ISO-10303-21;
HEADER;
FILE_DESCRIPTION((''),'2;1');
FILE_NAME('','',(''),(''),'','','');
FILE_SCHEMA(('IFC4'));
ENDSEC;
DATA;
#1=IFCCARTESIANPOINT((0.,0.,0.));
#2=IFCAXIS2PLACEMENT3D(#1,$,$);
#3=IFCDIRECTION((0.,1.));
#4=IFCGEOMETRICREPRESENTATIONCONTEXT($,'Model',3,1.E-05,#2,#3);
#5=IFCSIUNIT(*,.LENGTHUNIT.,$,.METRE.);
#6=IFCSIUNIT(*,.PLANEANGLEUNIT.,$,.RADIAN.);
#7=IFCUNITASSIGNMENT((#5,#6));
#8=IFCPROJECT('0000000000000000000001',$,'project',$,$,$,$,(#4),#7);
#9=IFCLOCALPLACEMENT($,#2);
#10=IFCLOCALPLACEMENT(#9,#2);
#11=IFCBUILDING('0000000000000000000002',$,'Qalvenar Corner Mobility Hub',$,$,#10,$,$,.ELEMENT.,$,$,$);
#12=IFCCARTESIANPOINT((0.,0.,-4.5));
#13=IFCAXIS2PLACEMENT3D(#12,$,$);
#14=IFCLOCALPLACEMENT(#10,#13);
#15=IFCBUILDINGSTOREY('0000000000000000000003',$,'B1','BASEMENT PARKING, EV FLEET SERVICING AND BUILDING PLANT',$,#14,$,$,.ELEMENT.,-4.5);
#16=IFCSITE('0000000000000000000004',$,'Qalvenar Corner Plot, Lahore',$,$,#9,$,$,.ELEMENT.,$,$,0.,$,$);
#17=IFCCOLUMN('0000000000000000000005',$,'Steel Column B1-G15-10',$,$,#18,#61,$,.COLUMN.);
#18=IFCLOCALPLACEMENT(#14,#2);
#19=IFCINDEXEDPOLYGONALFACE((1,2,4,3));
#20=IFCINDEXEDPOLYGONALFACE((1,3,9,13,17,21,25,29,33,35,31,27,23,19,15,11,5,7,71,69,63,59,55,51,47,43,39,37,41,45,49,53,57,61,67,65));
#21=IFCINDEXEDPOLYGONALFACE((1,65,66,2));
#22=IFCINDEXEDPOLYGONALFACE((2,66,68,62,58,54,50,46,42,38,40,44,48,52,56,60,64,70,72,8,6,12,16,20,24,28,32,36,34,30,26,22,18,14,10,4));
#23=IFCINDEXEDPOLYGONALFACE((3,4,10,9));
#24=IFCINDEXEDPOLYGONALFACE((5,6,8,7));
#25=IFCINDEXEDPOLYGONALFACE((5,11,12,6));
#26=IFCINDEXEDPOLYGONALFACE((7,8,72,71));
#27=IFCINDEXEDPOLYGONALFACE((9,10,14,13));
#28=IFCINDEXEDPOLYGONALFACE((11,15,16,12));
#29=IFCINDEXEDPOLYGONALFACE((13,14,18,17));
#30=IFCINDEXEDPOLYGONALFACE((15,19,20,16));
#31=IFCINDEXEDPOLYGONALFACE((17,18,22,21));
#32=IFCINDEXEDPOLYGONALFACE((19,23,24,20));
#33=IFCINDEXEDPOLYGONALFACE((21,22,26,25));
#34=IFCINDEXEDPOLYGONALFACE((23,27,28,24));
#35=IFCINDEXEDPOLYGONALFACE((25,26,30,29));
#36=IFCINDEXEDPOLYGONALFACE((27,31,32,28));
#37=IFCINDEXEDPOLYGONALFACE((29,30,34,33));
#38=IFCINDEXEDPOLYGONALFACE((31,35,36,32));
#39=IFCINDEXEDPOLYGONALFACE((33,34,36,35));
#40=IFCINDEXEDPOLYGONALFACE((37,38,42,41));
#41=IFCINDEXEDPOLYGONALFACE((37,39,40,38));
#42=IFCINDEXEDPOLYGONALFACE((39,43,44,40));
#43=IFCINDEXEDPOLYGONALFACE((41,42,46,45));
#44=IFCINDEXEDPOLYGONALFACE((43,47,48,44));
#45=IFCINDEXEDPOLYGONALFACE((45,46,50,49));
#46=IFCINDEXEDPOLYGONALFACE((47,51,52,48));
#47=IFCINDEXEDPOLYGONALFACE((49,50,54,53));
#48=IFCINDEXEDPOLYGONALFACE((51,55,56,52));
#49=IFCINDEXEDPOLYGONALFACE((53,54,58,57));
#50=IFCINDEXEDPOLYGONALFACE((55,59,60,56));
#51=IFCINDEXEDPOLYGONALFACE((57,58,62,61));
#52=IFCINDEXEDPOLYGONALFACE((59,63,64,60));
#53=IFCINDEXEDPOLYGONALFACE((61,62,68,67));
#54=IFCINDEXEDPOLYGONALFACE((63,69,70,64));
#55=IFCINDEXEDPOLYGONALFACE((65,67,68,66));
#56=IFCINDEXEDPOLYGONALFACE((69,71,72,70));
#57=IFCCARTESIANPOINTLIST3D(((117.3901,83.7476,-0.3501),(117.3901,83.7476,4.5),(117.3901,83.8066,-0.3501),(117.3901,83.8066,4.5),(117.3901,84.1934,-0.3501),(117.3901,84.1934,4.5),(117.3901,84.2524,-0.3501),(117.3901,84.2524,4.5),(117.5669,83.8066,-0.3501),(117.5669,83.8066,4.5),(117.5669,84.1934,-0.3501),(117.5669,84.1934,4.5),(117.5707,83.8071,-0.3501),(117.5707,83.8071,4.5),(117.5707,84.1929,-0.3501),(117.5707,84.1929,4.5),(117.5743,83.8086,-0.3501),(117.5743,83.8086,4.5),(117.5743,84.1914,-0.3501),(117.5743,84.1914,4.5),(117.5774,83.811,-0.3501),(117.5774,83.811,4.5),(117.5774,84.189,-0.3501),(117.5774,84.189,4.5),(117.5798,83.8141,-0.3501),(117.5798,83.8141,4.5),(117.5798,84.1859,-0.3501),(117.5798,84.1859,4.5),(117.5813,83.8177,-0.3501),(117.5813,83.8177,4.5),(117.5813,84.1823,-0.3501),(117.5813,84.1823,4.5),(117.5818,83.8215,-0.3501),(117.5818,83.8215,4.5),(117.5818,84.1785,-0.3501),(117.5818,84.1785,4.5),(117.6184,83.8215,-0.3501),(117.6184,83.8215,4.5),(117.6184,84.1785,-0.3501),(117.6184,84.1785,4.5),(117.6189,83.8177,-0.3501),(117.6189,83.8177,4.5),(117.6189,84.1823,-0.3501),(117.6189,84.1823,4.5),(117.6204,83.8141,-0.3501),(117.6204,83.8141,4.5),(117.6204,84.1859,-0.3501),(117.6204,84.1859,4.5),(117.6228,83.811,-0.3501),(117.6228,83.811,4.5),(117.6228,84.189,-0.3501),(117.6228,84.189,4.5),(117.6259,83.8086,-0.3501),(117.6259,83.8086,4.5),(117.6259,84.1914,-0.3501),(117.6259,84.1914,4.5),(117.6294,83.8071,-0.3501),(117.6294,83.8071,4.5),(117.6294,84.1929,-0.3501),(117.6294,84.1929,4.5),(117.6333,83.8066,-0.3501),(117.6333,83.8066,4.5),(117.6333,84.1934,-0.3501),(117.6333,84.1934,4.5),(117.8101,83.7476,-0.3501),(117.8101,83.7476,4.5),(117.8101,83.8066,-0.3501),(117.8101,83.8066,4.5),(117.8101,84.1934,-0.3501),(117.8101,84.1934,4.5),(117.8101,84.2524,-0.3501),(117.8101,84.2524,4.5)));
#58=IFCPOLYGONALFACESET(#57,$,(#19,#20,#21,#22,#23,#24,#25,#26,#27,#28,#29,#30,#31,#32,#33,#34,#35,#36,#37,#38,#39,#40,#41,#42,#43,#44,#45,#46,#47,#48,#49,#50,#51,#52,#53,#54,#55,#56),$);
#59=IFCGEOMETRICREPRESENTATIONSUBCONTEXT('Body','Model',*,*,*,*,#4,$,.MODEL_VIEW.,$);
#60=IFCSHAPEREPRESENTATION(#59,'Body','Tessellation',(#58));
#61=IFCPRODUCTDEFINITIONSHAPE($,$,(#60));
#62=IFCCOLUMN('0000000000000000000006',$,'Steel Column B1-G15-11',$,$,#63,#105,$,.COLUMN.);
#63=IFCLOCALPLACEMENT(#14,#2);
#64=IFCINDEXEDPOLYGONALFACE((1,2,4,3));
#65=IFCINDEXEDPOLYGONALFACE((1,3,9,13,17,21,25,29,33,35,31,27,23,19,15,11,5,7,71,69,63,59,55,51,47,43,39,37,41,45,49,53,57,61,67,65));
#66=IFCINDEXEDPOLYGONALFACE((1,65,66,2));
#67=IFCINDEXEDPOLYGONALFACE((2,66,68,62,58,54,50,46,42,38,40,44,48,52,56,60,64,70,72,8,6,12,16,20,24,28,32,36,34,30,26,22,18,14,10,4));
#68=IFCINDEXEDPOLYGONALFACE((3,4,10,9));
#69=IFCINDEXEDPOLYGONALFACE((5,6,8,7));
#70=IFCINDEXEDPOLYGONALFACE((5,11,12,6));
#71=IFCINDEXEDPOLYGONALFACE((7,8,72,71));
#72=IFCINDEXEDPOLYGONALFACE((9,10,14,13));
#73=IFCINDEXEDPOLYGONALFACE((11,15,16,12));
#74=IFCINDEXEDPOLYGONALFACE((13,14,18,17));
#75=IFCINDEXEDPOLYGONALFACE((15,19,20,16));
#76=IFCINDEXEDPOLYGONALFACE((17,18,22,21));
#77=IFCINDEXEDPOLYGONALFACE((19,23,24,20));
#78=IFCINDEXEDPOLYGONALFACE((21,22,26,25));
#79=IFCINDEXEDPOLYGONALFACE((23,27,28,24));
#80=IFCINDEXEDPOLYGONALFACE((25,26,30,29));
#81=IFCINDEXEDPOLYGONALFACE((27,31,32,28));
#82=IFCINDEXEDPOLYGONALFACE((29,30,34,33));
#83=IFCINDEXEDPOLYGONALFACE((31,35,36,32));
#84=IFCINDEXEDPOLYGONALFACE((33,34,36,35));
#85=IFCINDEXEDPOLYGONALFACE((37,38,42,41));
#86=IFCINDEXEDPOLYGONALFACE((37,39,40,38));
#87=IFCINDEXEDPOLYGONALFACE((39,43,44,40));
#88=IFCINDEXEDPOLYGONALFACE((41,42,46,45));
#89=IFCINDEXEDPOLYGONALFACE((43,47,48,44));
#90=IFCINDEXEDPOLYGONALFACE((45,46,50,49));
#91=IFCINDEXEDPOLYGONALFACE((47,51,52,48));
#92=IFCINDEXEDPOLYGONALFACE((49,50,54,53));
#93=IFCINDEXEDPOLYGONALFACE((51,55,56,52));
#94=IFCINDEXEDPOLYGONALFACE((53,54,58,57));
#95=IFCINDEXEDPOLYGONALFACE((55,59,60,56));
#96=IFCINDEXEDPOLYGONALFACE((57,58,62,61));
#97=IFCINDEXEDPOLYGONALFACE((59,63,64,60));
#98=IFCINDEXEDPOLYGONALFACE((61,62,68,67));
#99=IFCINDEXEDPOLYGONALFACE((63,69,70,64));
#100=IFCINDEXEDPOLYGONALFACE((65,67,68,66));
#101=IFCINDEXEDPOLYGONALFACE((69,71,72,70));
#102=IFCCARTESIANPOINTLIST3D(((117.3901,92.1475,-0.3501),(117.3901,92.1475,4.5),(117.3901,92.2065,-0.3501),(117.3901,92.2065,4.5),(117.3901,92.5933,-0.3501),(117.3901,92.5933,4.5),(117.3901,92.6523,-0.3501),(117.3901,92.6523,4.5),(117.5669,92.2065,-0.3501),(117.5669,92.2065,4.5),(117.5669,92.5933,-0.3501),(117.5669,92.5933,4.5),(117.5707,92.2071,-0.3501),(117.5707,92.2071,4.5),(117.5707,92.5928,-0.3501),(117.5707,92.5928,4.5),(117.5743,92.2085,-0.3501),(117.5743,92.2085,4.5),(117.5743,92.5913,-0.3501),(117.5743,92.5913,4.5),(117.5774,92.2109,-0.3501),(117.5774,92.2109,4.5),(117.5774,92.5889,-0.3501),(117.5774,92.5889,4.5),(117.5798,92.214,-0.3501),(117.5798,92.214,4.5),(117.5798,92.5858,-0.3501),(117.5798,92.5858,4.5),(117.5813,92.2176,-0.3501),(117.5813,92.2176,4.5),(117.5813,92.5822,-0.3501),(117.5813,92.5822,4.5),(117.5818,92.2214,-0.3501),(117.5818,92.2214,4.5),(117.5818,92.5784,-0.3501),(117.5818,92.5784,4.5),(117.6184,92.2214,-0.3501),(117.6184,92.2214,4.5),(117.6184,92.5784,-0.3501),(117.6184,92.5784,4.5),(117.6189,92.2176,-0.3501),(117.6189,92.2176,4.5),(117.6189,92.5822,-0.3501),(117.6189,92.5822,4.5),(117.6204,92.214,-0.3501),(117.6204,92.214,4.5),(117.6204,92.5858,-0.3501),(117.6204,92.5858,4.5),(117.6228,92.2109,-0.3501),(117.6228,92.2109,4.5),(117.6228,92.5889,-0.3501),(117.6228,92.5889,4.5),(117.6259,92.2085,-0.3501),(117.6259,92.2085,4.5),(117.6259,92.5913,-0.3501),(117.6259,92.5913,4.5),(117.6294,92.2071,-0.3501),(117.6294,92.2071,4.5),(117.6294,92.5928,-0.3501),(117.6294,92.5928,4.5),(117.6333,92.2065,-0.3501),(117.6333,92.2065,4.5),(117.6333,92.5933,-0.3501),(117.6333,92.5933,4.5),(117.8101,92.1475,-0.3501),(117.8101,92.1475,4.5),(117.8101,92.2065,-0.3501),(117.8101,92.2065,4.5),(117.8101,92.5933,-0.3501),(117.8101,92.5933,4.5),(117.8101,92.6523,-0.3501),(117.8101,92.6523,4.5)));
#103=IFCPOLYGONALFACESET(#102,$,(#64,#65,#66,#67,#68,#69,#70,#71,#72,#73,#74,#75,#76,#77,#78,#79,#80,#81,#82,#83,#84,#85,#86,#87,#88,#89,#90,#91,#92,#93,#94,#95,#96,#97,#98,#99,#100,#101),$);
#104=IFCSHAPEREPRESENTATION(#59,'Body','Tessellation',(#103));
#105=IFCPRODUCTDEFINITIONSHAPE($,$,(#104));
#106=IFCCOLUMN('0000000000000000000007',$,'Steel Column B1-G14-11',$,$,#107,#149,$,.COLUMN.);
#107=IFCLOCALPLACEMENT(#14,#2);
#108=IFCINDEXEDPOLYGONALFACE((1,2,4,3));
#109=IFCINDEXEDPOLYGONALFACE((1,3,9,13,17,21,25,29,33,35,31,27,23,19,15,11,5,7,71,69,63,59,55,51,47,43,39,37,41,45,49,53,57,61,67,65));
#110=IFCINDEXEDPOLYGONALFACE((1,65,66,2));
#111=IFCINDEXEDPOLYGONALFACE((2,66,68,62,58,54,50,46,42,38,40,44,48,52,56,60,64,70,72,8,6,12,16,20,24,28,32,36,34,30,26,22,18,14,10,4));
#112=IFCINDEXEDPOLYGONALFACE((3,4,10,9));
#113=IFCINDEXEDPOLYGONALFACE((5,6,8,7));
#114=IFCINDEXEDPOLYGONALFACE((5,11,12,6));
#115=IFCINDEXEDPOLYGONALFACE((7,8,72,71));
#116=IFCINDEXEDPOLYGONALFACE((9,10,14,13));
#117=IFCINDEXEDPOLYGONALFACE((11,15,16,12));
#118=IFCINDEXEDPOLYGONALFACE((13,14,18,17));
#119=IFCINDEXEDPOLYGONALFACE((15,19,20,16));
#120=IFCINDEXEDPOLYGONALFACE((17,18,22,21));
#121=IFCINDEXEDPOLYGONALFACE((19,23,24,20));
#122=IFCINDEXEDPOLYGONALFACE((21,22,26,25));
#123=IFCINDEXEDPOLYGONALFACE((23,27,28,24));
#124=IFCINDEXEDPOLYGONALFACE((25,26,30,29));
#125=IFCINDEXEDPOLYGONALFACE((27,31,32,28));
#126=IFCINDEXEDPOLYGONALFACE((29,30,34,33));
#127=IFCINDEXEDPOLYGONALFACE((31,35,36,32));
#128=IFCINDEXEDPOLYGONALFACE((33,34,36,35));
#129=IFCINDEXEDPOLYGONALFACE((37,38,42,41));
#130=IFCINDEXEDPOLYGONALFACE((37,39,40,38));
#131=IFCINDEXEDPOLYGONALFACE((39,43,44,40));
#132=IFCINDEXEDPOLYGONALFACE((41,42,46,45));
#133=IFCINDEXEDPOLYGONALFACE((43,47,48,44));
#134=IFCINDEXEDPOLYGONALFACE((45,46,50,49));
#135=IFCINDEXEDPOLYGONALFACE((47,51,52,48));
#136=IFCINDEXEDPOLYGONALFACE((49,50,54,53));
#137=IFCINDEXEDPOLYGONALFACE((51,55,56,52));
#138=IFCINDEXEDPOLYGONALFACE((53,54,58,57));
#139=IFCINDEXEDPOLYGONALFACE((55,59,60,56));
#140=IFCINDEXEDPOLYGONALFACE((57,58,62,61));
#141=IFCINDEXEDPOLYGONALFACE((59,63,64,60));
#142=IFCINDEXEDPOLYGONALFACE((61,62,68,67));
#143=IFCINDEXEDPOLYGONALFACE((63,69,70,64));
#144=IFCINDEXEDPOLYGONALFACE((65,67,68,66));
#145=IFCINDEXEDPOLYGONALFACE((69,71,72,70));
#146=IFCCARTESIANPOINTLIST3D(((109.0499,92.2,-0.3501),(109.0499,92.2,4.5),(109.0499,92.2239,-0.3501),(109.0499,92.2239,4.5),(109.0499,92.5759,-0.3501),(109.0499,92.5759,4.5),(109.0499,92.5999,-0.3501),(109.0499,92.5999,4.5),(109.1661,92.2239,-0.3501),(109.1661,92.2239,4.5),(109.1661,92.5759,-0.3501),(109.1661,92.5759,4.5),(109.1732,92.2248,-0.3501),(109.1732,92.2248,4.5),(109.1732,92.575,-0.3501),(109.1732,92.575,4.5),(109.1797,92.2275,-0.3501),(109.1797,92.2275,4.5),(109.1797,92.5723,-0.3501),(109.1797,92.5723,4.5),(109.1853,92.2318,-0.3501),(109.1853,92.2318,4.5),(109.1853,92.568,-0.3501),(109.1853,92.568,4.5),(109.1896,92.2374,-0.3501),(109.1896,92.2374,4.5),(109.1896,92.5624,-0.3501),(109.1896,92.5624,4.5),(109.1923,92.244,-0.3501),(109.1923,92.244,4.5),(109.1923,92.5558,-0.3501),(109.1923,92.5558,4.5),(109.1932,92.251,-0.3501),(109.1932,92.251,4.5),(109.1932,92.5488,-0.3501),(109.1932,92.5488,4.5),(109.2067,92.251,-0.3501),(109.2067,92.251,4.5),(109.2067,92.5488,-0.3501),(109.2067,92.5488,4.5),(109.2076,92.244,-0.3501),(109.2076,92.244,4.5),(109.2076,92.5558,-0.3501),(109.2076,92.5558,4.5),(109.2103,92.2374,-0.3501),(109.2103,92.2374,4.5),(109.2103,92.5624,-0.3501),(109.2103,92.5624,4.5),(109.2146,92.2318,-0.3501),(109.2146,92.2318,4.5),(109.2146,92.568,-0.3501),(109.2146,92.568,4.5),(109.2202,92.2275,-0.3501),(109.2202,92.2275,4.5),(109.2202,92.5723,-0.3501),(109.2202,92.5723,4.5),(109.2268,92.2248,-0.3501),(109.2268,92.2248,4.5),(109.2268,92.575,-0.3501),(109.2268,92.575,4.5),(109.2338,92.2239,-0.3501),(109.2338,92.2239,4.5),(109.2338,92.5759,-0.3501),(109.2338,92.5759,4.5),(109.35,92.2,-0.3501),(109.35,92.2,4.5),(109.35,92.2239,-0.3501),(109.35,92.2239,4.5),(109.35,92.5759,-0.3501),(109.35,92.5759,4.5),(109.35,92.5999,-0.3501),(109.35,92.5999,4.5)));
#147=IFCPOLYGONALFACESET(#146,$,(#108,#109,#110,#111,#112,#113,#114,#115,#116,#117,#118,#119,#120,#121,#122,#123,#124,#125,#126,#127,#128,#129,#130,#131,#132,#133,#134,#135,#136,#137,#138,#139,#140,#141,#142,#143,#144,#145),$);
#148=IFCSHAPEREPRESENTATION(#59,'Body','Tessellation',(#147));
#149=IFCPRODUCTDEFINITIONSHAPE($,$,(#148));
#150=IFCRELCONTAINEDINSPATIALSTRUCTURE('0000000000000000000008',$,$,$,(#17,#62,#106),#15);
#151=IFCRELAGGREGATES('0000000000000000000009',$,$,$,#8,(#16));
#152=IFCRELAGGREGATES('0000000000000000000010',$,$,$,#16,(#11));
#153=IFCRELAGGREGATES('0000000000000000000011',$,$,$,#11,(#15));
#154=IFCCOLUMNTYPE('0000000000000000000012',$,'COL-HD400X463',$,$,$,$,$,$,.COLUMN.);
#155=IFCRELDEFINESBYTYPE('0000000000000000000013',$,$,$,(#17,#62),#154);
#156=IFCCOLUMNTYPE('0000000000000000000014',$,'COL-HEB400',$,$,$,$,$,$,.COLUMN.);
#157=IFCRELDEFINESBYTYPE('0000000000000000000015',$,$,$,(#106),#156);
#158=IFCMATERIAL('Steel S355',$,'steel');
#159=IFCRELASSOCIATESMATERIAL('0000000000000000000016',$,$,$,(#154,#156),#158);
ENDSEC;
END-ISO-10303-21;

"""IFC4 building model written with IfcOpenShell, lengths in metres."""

from ifc_helpers import new_model, si_unit, direction, frame, origin, origin_2d, place, context, subcontext, project, spatial, i_section, extrude, material, material_profile, profile_set, type_object, element, save


model = new_model("IFC4")

# Units and contexts
model_context = context("Model", 3, precision=1e-05, world=origin(), true_north=direction((0.0, 1.0)))
body_context = subcontext(model_context, "Body", "Model", "MODEL_VIEW")
ifc_project = project(units=[si_unit("LENGTHUNIT", "METRE"), si_unit("PLANEANGLEUNIT", "RADIAN")], contexts=[model_context])

# Site, building, storey
site_placement = place(None, origin())
site = spatial("IfcSite", under=ifc_project, at=site_placement, Name="Qalvenar Corner Plot, Lahore", CompositionType="ELEMENT", RefElevation=0.0)
building_placement = place(site_placement, origin())
building = spatial("IfcBuilding", under=site, at=building_placement, Name="Qalvenar Corner Mobility Hub", CompositionType="ELEMENT")
storey_placement = place(building_placement, frame((0.0, 0.0, -4.5)))
storey = spatial("IfcBuildingStorey", under=building, at=storey_placement, Name="B1", Description="BASEMENT PARKING, EV FLEET SERVICING AND BUILDING PLANT", CompositionType="ELEMENT", Elevation=-4.5)

# Columns
ifc_material_1 = material(Name="Steel S355", Category="steel")
ifc_material_profile_1 = material_profile(ifc_material_1, i_section(OverallWidth=0.4199, OverallDepth=0.5049, WebThickness=0.0366, FlangeThickness=0.0591, FilletRadius=0.0149, at=origin_2d()), Name="HD400x551")
ifc_profile_set_1 = profile_set([ifc_material_profile_1], Name="Steel S355")
column_type_1 = type_object("IfcColumnType", Name="COL-HD400X463", PredefinedType="COLUMN", material=ifc_profile_set_1)
for number, where, z_axis, x_axis, name in (
    (1, (117.6001, 84.0, -0.3501), (0.0, 0.0, 1.0), (1.0, 0.0, 0.0), "Steel Column B1-G15-10"),
    (2, (117.6001, 92.3999, -0.3501), (0.0, 0.0, 1.0), (1.0, 0.0, 0.0), "Steel Column B1-G15-11"),
):
    element("IfcColumn", number, at=place(storey_placement, frame(where, z_axis=z_axis, x_axis=x_axis)), inside=storey, type_object=column_type_1, Name=name, PredefinedType="COLUMN", context=body_context, shape_type="SweptSolid", body=[
        extrude(i_section(OverallWidth=0.4199, OverallDepth=0.5049, WebThickness=0.0366, FlangeThickness=0.0591, FilletRadius=0.0149, at=origin_2d()), origin(), (0.0, 0.0, 1.0), 4.8501),
    ])
ifc_material_profile_2 = material_profile(ifc_material_1, i_section(OverallWidth=0.3, OverallDepth=0.3999, WebThickness=0.0134, FlangeThickness=0.0239, FilletRadius=0.0271, at=origin_2d()), Name="HEB400")
ifc_profile_set_2 = profile_set([ifc_material_profile_2], Name="Steel S355")
column_type_2 = type_object("IfcColumnType", Name="COL-HEB400", PredefinedType="COLUMN", material=ifc_profile_set_2)
column_placement = place(storey_placement, frame((109.2, 92.3999, -0.3501), z_axis=(0.0, 0.0, 1.0), x_axis=(1.0, 0.0, 0.0)))
element("IfcColumn", 3, at=column_placement, inside=storey, type_object=column_type_2, Name="Steel Column B1-G14-11", PredefinedType="COLUMN", context=body_context, shape_type="SweptSolid", body=[
    extrude(i_section(OverallWidth=0.3, OverallDepth=0.3999, WebThickness=0.0134, FlangeThickness=0.0239, FilletRadius=0.0271, at=origin_2d()), origin(), (0.0, 0.0, 1.0), 4.8501),
])

save(model, "model.ifc")
